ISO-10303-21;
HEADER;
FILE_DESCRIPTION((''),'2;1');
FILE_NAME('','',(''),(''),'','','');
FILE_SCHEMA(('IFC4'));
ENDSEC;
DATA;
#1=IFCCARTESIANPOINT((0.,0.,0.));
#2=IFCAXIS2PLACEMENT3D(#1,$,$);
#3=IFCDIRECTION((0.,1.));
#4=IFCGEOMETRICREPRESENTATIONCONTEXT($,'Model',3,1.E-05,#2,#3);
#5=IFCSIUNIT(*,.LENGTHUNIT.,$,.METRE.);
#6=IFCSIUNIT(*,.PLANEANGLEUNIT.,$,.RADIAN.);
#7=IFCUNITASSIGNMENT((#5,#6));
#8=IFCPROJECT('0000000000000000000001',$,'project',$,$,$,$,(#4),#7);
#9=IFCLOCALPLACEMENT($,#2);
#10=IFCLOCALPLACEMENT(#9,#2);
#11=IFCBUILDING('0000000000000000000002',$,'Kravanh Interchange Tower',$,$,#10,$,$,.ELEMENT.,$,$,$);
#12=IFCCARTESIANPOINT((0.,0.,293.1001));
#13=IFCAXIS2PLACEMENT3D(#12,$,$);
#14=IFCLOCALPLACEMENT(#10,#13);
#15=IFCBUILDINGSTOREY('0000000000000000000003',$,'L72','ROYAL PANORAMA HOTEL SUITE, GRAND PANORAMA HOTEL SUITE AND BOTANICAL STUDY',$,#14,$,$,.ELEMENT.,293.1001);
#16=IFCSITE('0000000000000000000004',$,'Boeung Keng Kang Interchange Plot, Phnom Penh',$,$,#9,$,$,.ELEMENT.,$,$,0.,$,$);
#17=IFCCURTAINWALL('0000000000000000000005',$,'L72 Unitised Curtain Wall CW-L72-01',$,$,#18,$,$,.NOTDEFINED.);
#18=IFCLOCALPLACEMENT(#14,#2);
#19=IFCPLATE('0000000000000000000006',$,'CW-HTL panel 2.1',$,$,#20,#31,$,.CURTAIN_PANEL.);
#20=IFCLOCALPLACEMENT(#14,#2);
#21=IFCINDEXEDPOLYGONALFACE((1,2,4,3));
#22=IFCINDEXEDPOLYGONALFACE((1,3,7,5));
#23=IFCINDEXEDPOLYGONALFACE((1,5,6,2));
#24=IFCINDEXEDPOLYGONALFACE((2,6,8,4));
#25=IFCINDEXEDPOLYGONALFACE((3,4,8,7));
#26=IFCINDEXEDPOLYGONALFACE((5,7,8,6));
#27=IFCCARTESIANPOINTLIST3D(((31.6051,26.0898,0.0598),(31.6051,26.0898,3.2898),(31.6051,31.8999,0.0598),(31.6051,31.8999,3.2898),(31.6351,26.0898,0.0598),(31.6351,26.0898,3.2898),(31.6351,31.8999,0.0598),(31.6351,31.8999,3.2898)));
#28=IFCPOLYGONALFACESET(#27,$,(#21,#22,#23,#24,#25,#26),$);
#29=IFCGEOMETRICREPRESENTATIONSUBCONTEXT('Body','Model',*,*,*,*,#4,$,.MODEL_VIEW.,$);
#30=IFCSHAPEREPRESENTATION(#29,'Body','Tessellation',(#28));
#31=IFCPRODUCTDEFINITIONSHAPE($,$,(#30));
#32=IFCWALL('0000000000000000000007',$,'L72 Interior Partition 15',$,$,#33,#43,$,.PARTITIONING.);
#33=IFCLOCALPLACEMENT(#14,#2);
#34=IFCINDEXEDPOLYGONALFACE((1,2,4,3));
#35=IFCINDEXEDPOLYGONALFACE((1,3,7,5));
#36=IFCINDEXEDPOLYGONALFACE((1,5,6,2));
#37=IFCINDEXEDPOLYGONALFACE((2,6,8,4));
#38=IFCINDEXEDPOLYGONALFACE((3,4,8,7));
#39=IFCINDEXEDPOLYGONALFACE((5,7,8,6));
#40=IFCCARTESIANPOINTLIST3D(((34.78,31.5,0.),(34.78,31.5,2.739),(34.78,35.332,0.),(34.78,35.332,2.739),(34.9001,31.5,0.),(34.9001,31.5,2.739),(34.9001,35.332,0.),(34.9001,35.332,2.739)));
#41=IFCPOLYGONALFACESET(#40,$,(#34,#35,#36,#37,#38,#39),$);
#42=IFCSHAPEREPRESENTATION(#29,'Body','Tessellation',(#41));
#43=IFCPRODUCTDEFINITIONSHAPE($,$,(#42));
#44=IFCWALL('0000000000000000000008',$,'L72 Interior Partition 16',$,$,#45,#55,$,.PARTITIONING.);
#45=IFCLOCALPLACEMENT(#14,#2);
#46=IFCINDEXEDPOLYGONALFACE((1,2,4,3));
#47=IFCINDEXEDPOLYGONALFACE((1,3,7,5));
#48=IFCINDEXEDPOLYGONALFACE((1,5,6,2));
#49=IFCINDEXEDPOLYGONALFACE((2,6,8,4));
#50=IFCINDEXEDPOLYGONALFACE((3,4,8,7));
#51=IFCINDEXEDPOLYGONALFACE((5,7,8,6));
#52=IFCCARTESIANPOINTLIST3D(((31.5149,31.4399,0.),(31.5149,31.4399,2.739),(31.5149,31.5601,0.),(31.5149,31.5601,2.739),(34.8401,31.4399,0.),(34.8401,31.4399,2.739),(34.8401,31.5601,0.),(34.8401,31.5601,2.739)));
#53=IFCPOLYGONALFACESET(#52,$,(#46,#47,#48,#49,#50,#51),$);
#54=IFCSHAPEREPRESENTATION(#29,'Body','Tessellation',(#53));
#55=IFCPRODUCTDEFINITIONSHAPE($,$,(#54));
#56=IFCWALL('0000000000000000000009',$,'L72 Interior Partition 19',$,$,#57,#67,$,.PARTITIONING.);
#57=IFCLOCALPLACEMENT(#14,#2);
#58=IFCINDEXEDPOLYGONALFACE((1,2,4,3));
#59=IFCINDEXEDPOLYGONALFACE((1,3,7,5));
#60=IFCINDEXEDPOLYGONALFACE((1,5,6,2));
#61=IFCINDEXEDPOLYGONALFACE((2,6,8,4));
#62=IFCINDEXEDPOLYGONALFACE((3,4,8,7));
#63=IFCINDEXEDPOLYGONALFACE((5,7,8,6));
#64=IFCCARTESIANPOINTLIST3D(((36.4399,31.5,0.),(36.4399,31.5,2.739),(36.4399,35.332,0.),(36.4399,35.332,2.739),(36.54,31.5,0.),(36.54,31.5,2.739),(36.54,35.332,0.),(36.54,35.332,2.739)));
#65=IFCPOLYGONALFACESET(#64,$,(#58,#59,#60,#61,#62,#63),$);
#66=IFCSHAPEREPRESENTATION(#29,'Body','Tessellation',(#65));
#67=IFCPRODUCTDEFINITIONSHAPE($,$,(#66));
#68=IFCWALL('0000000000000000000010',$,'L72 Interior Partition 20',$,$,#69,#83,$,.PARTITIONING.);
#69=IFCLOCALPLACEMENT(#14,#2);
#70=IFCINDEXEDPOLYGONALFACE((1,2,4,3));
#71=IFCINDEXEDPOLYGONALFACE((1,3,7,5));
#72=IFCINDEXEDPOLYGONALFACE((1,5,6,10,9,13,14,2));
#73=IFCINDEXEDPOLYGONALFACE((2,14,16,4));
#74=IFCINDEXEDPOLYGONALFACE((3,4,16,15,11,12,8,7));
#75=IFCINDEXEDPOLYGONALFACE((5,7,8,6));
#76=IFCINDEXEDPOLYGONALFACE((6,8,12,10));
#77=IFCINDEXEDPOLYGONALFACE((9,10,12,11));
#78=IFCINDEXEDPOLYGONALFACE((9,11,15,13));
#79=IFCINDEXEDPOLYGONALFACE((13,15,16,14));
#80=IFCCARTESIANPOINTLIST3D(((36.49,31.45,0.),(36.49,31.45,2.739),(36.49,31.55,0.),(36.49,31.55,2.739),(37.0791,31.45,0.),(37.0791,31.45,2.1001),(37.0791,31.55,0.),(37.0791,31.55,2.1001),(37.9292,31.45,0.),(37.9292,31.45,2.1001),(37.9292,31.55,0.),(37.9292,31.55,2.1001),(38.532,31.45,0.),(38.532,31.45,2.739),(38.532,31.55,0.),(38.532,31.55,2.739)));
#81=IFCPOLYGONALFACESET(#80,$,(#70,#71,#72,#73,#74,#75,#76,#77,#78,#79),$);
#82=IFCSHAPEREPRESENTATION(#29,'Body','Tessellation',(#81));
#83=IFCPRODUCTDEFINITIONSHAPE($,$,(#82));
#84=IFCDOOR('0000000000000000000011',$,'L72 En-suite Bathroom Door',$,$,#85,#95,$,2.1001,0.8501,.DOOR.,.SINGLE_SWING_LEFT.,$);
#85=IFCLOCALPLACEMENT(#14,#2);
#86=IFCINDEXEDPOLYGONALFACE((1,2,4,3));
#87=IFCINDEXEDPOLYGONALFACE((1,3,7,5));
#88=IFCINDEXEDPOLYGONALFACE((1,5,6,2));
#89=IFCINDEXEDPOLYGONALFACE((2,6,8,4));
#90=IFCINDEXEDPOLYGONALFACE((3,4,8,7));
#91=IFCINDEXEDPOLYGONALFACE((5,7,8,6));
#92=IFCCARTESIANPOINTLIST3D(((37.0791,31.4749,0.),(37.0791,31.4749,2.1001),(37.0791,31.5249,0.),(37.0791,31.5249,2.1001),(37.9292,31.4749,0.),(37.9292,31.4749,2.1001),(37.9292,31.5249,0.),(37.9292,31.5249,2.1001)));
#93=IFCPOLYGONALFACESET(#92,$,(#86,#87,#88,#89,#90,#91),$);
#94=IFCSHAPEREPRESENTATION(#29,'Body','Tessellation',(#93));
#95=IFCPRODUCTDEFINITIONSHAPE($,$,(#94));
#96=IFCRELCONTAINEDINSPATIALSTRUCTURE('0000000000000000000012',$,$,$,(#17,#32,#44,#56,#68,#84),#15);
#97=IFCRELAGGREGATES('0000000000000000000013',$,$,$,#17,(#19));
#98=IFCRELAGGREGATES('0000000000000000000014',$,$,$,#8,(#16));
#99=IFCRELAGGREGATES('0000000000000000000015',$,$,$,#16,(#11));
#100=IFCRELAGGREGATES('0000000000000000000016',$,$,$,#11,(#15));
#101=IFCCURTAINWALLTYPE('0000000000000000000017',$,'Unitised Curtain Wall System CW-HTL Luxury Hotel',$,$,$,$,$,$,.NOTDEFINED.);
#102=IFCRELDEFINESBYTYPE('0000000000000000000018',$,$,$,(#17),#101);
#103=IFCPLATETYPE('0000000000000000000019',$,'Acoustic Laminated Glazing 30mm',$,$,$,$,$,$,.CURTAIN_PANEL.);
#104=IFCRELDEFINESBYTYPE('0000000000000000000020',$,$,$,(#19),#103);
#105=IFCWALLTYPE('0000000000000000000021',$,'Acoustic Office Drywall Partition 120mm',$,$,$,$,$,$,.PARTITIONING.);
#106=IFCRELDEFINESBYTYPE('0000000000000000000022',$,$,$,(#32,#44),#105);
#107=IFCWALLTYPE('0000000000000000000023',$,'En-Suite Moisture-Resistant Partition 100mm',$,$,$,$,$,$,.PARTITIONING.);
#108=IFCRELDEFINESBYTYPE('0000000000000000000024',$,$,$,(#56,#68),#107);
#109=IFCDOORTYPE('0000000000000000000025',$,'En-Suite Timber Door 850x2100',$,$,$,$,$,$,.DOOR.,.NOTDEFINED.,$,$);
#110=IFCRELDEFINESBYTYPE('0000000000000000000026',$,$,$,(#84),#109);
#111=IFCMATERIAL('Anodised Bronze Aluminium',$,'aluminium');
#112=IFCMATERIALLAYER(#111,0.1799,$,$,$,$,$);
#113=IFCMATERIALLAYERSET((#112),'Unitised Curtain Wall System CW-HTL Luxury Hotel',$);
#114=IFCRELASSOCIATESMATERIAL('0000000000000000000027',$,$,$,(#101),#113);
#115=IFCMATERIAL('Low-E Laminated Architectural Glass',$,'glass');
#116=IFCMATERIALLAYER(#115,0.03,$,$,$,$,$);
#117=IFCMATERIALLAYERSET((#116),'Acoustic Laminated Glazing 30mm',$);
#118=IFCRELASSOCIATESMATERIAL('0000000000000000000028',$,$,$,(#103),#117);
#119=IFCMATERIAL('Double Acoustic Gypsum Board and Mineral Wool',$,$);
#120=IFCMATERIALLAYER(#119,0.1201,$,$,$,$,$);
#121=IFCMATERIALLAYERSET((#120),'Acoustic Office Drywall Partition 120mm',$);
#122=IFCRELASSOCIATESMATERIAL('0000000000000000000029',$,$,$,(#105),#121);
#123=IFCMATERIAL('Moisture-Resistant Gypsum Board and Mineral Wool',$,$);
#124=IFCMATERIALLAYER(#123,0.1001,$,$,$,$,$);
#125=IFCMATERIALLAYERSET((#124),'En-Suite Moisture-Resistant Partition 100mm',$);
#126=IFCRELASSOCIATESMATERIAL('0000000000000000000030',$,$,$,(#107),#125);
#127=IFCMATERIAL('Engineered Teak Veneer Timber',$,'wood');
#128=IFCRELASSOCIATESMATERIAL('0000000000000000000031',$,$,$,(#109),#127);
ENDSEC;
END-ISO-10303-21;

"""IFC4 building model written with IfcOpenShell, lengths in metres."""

from ifc_helpers import new_model, si_unit, direction, frame, frame_2d, origin, origin_2d, place, context, subcontext, project, spatial, rectangle, extrude, material, layer, layer_set, type_object, element, fill, aggregate, save


model = new_model("IFC4")

# Units and contexts
model_context = context("Model", 3, precision=1e-05, world=origin(), true_north=direction((0.0, 1.0)))
body_context = subcontext(model_context, "Body", "Model", "MODEL_VIEW")
ifc_project = project(units=[si_unit("LENGTHUNIT", "METRE"), si_unit("PLANEANGLEUNIT", "RADIAN")], contexts=[model_context])

# Site, building, storey
site_placement = place(None, origin())
site = spatial("IfcSite", under=ifc_project, at=site_placement, Name="Boeung Keng Kang Interchange Plot, Phnom Penh", CompositionType="ELEMENT", RefElevation=0.0)
building_placement = place(site_placement, origin())
building = spatial("IfcBuilding", under=site, at=building_placement, Name="Kravanh Interchange Tower", CompositionType="ELEMENT")
storey_placement = place(building_placement, frame((0.0, 0.0, 293.1001)))
storey = spatial("IfcBuildingStorey", under=building, at=storey_placement, Name="L72", Description="ROYAL PANORAMA HOTEL SUITE, GRAND PANORAMA HOTEL SUITE AND BOTANICAL STUDY", CompositionType="ELEMENT", Elevation=293.1001)

# Curtain wall, plate
ifc_material_1 = material(Name="Anodised Bronze Aluminium", Category="aluminium")
ifc_layer_1 = layer(ifc_material_1, 0.1799)
ifc_layer_set_1 = layer_set([ifc_layer_1], Name="Unitised Curtain Wall System CW-HTL Luxury Hotel")
curtain_wall_type = type_object("IfcCurtainWallType", Name="Unitised Curtain Wall System CW-HTL Luxury Hotel", PredefinedType="NOTDEFINED", material=ifc_layer_set_1)
curtain_wall_placement = place(storey_placement, origin())
curtain_wall = element("IfcCurtainWall", 1, at=curtain_wall_placement, inside=storey, type_object=curtain_wall_type, Name="L72 Unitised Curtain Wall CW-L72-01", PredefinedType="NOTDEFINED")
ifc_material_2 = material(Name="Low-E Laminated Architectural Glass", Category="glass")
ifc_layer_2 = layer(ifc_material_2, 0.03)
ifc_layer_set_2 = layer_set([ifc_layer_2], Name="Acoustic Laminated Glazing 30mm")
plate_type = type_object("IfcPlateType", Name="Acoustic Laminated Glazing 30mm", PredefinedType="CURTAIN_PANEL", material=ifc_layer_set_2)
plate_placement = place(storey_placement, frame((31.6201, 28.9949, 0.0598), z_axis=(0.0, 0.0, 1.0), x_axis=(0.0, 1.0, 0.0)))
plate = element("IfcPlate", 2, at=plate_placement, type_object=plate_type, Name="CW-HTL panel 2.1", PredefinedType="CURTAIN_PANEL", context=body_context, shape_type="SweptSolid", body=[
    extrude(rectangle(XDim=5.8101, YDim=0.03, at=origin_2d()), origin(), (0.0, 0.0, 1.0), 3.23),
])
aggregate(curtain_wall, [plate])

# Walls
ifc_material_3 = material(Name="Double Acoustic Gypsum Board and Mineral Wool")
ifc_layer_3 = layer(ifc_material_3, 0.1201)
ifc_layer_set_3 = layer_set([ifc_layer_3], Name="Acoustic Office Drywall Partition 120mm")
wall_type_1 = type_object("IfcWallType", Name="Acoustic Office Drywall Partition 120mm", PredefinedType="PARTITIONING", material=ifc_layer_set_3)
wall_1_placement = place(storey_placement, frame((34.8401, 31.5, 0.0), z_axis=(0.0, 0.0, 1.0), x_axis=(0.0, 1.0, 0.0)))
element("IfcWall", 3, at=wall_1_placement, inside=storey, type_object=wall_type_1, Name="L72 Interior Partition 15", PredefinedType="PARTITIONING", context=body_context, shape_type="SweptSolid", body=[
    extrude(rectangle(XDim=3.832, YDim=0.1201, at=frame_2d((1.916, 0.0))), origin(), (0.0, 0.0, 1.0), 2.739),
])
wall_2_placement = place(storey_placement, frame((31.5149, 31.5, 0.0), z_axis=(0.0, 0.0, 1.0), x_axis=(1.0, 0.0, 0.0)))
element("IfcWall", 4, at=wall_2_placement, inside=storey, type_object=wall_type_1, Name="L72 Interior Partition 16", PredefinedType="PARTITIONING", context=body_context, shape_type="SweptSolid", body=[
    extrude(rectangle(XDim=3.3252, YDim=0.1201, at=frame_2d((1.6626, 0.0))), origin(), (0.0, 0.0, 1.0), 2.739),
])
ifc_material_4 = material(Name="Moisture-Resistant Gypsum Board and Mineral Wool")
ifc_layer_4 = layer(ifc_material_4, 0.1001)
ifc_layer_set_4 = layer_set([ifc_layer_4], Name="En-Suite Moisture-Resistant Partition 100mm")
wall_type_2 = type_object("IfcWallType", Name="En-Suite Moisture-Resistant Partition 100mm", PredefinedType="PARTITIONING", material=ifc_layer_set_4)
wall_3_placement = place(storey_placement, frame((36.49, 31.5, 0.0), z_axis=(0.0, 0.0, 1.0), x_axis=(0.0, 1.0, 0.0)))
element("IfcWall", 5, at=wall_3_placement, inside=storey, type_object=wall_type_2, Name="L72 Interior Partition 19", PredefinedType="PARTITIONING", context=body_context, shape_type="SweptSolid", body=[
    extrude(rectangle(XDim=3.832, YDim=0.1001, at=frame_2d((1.916, 0.0))), origin(), (0.0, 0.0, 1.0), 2.739),
])

# Wall, opening, door
wall_4_placement = place(storey_placement, frame((36.49, 31.5, 0.0), z_axis=(0.0, 0.0, 1.0), x_axis=(1.0, 0.0, 0.0)))
wall_4 = element("IfcWall", 6, at=wall_4_placement, inside=storey, type_object=wall_type_2, Name="L72 Interior Partition 20", PredefinedType="PARTITIONING", context=body_context, shape_type="SweptSolid", body=[
    extrude(rectangle(XDim=2.042, YDim=0.1001, at=frame_2d((1.021, 0.0))), origin(), (0.0, 0.0, 1.0), 2.739),
])
opening_placement = place(wall_4_placement, frame((0.5891, 0.0, 0.0)))
opening = element("IfcOpeningElement", 7, at=opening_placement, cuts=wall_4, PredefinedType="OPENING", context=body_context, shape_type="SweptSolid", body=[
    extrude(rectangle(XDim=0.8501, YDim=2.1001, at=frame_2d((0.425, 1.05))), frame((0.0, 0.0601, 0.0), z_axis=(0.0, -1.0, 0.0), x_axis=(1.0, 0.0, 0.0)), (0.0, 0.0, 1.0), 0.1201),
])
ifc_material_5 = material(Name="Engineered Teak Veneer Timber", Category="wood")
door_type = type_object("IfcDoorType", Name="En-Suite Timber Door 850x2100", OperationType="NOTDEFINED", PredefinedType="DOOR", material=ifc_material_5)
door_placement = place(opening_placement, origin())
door = element("IfcDoor", 8, at=door_placement, inside=storey, type_object=door_type, Name="L72 En-suite Bathroom Door", OperationType="SINGLE_SWING_LEFT", OverallHeight=2.1001, OverallWidth=0.8501, PredefinedType="DOOR", context=body_context, shape_type="SweptSolid", body=[
    extrude(rectangle(XDim=0.8501, YDim=2.1001, at=frame_2d((0.425, 1.05))), frame((0.0, 0.0249, 0.0), z_axis=(0.0, -1.0, 0.0), x_axis=(1.0, 0.0, 0.0)), (0.0, 0.0, 1.0), 0.05),
])
fill(opening, door)

save(model, "model.ifc")
